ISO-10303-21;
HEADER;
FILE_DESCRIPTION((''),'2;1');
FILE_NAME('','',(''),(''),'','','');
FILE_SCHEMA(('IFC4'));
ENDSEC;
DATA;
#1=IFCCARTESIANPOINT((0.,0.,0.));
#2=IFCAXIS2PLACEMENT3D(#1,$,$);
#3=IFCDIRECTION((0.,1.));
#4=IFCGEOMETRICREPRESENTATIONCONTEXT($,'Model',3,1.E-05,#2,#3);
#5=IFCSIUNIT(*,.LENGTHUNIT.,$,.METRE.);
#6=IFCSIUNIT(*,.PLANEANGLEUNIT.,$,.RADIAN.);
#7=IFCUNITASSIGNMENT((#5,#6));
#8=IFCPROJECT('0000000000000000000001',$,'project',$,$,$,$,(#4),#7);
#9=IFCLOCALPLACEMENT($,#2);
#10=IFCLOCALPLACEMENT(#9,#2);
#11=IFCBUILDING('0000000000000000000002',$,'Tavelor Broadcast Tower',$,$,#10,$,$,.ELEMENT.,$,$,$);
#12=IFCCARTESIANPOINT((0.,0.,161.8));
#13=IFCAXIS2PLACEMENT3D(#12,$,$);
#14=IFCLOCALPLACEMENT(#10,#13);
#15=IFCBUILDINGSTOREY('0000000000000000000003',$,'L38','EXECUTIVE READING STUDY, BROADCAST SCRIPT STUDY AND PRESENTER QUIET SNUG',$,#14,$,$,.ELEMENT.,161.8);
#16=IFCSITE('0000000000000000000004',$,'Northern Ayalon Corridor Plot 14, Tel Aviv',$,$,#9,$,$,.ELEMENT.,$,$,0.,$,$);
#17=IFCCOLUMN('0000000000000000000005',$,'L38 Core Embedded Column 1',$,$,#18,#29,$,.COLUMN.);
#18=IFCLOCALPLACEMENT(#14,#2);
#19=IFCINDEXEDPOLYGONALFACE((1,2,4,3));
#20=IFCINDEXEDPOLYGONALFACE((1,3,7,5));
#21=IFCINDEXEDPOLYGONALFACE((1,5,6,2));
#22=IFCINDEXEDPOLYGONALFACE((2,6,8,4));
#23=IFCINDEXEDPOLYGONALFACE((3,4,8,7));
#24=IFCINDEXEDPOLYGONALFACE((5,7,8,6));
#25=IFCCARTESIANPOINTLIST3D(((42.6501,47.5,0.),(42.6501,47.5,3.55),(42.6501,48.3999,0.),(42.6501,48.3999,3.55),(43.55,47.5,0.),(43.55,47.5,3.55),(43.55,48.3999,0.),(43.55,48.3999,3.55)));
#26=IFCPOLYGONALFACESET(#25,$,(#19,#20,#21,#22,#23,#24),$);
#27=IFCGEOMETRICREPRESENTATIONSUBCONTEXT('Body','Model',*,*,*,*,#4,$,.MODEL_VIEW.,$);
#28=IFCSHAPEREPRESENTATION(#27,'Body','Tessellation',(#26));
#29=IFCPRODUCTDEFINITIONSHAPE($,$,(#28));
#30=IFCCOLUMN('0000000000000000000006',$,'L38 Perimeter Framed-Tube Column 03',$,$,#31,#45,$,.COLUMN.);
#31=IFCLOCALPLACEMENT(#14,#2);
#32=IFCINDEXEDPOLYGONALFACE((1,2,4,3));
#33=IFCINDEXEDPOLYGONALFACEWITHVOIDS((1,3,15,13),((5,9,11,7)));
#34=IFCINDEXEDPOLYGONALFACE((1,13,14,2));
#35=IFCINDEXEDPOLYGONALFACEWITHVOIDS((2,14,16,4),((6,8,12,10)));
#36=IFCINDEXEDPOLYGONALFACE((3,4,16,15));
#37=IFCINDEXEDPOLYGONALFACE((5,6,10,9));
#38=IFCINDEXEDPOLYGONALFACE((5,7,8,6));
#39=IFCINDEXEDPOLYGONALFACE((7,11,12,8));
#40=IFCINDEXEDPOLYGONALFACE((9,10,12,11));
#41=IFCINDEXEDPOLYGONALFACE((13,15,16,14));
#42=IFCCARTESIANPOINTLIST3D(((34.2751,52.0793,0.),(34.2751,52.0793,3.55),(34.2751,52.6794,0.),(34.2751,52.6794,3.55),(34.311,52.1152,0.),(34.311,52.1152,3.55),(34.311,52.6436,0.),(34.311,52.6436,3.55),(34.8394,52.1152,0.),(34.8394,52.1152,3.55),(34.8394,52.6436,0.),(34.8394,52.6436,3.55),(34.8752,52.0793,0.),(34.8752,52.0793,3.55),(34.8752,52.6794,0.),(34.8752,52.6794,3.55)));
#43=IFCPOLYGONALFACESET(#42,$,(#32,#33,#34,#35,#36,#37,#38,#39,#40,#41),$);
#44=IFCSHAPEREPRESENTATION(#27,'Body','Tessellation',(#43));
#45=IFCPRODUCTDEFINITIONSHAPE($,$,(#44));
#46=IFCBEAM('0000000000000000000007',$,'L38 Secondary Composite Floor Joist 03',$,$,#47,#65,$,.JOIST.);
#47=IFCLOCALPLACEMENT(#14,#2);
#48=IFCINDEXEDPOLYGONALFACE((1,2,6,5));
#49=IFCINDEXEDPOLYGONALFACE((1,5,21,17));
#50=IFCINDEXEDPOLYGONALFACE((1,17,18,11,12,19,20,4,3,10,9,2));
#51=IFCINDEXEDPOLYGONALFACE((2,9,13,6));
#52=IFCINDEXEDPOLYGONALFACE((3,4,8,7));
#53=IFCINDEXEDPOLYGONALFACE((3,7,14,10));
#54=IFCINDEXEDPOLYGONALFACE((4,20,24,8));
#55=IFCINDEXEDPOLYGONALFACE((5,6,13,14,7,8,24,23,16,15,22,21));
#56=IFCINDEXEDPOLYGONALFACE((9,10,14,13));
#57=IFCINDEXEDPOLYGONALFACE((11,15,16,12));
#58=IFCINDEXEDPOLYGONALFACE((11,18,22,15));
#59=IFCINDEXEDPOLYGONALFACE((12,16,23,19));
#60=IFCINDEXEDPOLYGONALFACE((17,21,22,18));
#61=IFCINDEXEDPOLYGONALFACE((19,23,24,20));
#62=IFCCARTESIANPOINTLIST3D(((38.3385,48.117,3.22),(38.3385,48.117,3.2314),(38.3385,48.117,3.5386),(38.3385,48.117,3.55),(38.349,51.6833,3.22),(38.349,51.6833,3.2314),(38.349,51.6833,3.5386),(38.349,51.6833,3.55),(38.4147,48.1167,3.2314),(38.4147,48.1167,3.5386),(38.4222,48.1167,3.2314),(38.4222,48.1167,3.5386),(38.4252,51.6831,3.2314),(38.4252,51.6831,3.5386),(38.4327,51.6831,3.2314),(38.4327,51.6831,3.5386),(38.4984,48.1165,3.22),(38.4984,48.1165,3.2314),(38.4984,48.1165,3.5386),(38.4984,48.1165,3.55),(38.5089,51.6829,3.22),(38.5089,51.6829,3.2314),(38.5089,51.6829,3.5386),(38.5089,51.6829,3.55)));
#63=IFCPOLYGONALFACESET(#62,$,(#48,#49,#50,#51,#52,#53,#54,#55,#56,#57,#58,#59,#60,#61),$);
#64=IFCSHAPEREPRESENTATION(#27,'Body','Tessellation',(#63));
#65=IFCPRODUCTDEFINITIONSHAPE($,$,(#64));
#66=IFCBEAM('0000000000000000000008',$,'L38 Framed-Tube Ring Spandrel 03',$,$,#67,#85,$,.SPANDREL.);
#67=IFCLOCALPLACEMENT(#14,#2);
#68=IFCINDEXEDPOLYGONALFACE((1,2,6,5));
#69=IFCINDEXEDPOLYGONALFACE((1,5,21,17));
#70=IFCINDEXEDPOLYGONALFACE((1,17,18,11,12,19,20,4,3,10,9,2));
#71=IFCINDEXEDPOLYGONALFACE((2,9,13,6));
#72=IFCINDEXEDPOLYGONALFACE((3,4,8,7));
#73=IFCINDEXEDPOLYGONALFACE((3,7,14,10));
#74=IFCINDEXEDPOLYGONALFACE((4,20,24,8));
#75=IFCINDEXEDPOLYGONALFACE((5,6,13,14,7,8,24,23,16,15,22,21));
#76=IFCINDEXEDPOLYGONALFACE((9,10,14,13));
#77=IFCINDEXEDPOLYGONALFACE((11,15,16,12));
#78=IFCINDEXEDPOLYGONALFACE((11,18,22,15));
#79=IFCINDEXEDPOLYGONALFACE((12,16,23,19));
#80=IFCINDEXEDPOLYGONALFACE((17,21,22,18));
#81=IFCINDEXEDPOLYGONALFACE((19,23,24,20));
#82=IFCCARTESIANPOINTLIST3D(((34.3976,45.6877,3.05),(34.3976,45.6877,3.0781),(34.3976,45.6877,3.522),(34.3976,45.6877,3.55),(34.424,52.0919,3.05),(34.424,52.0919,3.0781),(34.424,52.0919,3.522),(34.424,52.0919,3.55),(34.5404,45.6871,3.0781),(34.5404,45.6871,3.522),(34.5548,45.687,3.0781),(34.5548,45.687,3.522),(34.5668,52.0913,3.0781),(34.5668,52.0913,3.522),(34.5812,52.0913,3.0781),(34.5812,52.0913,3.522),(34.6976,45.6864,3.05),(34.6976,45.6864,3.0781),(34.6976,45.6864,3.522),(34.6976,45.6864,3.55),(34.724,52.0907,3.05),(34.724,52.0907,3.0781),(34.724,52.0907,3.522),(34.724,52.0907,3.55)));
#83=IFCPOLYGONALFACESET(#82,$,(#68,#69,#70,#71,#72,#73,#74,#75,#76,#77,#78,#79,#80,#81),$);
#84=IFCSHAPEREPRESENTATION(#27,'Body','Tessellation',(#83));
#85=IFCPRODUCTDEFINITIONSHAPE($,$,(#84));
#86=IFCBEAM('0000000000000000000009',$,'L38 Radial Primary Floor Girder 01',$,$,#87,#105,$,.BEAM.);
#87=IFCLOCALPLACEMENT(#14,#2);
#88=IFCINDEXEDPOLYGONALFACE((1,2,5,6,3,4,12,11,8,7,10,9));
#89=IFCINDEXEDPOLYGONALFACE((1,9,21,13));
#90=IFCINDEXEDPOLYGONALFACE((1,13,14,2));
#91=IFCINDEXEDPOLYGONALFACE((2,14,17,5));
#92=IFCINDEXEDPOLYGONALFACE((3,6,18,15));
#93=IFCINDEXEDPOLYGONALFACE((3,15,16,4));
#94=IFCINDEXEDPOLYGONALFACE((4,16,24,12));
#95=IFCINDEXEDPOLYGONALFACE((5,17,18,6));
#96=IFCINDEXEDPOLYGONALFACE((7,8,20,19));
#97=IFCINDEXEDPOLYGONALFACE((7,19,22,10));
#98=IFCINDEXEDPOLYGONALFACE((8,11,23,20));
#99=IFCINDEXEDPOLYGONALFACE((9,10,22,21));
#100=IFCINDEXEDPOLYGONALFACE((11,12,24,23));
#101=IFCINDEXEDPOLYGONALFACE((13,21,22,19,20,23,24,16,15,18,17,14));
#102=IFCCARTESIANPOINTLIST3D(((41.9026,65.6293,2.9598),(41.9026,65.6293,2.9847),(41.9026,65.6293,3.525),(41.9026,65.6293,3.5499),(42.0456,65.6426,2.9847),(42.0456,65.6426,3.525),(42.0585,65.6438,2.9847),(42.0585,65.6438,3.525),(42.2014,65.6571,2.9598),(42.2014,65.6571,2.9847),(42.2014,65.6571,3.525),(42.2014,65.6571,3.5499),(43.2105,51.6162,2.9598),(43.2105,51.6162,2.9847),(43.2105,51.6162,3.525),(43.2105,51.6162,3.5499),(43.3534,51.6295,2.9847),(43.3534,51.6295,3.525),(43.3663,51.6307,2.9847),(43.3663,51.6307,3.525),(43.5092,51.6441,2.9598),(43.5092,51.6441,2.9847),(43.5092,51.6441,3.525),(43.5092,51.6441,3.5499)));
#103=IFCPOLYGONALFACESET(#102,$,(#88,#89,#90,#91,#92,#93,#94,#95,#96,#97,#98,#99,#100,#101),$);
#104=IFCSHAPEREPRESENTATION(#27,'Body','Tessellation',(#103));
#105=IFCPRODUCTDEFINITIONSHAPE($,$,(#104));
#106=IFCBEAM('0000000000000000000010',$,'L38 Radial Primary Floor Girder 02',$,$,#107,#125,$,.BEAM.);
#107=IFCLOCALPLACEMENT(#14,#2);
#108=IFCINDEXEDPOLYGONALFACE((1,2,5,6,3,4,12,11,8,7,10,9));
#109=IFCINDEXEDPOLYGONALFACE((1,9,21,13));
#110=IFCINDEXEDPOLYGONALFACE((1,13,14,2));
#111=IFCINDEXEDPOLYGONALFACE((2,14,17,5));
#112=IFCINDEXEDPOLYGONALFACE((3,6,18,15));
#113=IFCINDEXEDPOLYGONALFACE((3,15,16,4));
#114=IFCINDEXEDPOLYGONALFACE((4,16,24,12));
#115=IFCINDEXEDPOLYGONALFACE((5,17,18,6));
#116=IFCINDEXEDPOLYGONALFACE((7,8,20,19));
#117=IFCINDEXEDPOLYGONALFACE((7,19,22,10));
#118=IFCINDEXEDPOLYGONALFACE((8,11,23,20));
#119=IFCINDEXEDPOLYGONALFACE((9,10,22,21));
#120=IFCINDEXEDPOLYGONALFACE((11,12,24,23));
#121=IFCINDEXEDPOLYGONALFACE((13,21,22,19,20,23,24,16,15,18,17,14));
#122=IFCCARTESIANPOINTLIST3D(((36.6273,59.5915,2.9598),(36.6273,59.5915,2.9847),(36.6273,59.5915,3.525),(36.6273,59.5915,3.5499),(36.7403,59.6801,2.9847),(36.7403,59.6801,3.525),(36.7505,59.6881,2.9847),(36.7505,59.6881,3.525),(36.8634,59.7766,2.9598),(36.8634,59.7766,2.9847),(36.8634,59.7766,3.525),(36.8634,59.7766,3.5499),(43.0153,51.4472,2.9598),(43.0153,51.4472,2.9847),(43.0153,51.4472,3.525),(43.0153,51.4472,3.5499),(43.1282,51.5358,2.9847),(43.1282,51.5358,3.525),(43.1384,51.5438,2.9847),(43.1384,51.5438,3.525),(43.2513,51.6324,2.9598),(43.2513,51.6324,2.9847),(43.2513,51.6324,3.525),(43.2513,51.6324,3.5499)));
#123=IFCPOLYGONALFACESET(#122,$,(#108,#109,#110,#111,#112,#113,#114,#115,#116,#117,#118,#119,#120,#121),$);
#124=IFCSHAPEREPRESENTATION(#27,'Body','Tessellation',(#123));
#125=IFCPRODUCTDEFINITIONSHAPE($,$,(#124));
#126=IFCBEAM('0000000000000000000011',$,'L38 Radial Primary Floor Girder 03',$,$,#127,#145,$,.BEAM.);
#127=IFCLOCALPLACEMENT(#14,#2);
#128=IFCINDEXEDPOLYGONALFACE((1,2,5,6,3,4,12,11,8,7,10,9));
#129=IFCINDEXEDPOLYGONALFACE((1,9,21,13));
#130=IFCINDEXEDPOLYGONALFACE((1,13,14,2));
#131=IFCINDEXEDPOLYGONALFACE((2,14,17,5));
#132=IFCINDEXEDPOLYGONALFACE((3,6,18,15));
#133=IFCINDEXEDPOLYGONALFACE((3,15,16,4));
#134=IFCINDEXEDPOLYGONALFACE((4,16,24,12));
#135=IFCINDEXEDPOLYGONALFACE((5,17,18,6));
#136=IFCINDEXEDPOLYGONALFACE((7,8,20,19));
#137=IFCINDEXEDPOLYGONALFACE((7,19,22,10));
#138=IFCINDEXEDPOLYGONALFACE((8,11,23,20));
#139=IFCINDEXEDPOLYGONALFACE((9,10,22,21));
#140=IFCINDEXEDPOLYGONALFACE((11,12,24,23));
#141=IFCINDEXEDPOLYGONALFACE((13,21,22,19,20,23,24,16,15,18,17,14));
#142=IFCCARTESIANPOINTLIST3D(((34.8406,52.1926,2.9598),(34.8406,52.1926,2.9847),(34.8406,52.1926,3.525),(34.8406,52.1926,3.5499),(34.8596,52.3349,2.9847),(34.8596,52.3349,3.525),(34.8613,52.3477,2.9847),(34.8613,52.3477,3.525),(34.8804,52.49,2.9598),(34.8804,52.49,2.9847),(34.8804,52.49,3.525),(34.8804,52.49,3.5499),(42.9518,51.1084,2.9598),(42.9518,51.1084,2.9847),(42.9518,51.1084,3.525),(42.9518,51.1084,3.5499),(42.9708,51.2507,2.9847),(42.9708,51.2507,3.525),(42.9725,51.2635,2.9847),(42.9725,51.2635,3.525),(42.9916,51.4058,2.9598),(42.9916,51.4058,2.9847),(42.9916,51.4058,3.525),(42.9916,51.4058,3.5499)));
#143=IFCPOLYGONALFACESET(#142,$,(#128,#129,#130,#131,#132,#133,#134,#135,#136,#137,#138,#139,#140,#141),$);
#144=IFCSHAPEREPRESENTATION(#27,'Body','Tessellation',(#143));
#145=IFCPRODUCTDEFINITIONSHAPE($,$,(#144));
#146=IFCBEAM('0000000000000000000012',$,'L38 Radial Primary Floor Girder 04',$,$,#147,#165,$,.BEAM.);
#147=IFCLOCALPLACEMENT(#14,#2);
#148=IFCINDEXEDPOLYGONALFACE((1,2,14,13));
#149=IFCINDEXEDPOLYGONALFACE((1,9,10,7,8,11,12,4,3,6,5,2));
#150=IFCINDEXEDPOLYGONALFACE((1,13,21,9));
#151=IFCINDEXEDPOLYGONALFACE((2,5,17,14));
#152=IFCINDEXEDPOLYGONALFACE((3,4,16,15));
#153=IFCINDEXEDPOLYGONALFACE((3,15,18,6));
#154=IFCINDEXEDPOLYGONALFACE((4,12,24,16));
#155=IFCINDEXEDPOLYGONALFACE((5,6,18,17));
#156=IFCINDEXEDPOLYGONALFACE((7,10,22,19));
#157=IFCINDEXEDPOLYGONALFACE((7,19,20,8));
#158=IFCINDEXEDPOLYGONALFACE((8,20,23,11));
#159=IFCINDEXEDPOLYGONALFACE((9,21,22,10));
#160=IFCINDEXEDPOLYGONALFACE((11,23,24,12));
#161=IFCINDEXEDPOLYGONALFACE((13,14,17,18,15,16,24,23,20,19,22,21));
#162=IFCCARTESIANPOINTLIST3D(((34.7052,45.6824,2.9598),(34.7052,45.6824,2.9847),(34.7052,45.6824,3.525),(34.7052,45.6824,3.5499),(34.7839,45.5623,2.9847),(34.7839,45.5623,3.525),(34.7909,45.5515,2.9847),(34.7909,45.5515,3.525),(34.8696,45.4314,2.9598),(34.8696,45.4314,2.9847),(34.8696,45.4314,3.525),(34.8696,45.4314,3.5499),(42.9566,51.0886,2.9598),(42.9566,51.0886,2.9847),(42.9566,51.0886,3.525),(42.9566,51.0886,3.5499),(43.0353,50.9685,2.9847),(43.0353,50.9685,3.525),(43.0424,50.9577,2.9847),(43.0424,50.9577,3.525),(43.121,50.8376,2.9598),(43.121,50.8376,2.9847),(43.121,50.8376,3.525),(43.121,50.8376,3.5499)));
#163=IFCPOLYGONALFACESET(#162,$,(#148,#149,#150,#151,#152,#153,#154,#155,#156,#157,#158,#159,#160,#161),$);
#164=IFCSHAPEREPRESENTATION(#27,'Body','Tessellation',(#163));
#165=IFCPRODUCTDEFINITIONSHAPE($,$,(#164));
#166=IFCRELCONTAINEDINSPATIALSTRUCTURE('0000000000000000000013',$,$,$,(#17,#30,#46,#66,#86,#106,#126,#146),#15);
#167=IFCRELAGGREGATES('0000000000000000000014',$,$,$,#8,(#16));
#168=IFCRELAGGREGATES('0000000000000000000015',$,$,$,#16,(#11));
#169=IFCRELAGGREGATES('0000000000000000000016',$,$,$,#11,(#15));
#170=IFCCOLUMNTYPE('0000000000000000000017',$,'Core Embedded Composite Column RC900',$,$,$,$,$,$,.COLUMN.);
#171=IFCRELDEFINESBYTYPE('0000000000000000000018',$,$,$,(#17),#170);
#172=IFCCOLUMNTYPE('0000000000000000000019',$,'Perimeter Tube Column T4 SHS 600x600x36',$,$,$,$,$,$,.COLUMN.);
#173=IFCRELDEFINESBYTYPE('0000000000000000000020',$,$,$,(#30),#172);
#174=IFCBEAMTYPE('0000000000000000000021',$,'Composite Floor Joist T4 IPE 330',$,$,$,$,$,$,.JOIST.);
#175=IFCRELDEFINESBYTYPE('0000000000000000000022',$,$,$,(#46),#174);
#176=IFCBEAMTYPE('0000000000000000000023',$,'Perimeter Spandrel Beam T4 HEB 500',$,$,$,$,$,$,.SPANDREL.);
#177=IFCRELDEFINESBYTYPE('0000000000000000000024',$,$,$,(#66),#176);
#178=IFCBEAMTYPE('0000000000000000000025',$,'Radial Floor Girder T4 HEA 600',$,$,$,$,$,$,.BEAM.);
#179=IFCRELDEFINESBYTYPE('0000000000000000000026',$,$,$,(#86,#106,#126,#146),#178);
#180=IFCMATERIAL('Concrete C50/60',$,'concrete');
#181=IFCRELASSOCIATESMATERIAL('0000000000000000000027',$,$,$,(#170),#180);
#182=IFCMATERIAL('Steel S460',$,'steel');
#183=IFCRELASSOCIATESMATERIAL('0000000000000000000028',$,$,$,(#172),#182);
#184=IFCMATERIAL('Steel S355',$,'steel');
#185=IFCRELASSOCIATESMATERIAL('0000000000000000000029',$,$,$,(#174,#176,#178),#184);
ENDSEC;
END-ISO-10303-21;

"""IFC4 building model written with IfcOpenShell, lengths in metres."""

from ifc_helpers import new_model, si_unit, direction, frame, origin, origin_2d, place, context, subcontext, project, spatial, rectangle, hollow_rectangle, i_section, extrude, material, material_profile, profile_set, type_object, element, save


model = new_model("IFC4")

# Units and contexts
model_context = context("Model", 3, precision=1e-05, world=origin(), true_north=direction((0.0, 1.0)))
body_context = subcontext(model_context, "Body", "Model", "MODEL_VIEW")
ifc_project = project(units=[si_unit("LENGTHUNIT", "METRE"), si_unit("PLANEANGLEUNIT", "RADIAN")], contexts=[model_context])

# Site, building, storey
site_placement = place(None, origin())
site = spatial("IfcSite", under=ifc_project, at=site_placement, Name="Northern Ayalon Corridor Plot 14, Tel Aviv", CompositionType="ELEMENT", RefElevation=0.0)
building_placement = place(site_placement, origin())
building = spatial("IfcBuilding", under=site, at=building_placement, Name="Tavelor Broadcast Tower", CompositionType="ELEMENT")
storey_placement = place(building_placement, frame((0.0, 0.0, 161.8)))
storey = spatial("IfcBuildingStorey", under=building, at=storey_placement, Name="L38", Description="EXECUTIVE READING STUDY, BROADCAST SCRIPT STUDY AND PRESENTER QUIET SNUG", CompositionType="ELEMENT", Elevation=161.8)

# Columns
ifc_material_1 = material(Name="Concrete C50/60", Category="concrete")
ifc_material_profile_1 = material_profile(ifc_material_1, rectangle(XDim=0.8999, YDim=0.8999, at=origin_2d()), Name="RC 900x900")
ifc_profile_set_1 = profile_set([ifc_material_profile_1], Name="Concrete C50/60")
column_type_1 = type_object("IfcColumnType", Name="Core Embedded Composite Column RC900", PredefinedType="COLUMN", material=ifc_profile_set_1)
column_1_placement = place(storey_placement, frame((43.1001, 47.95, 0.0), z_axis=(0.0, 0.0, 1.0), x_axis=(1.0, 0.0, 0.0)))
element("IfcColumn", 1, at=column_1_placement, inside=storey, type_object=column_type_1, Name="L38 Core Embedded Column 1", PredefinedType="COLUMN", context=body_context, shape_type="SweptSolid", body=[
    extrude(rectangle(XDim=0.8999, YDim=0.8999, at=origin_2d()), origin(), (0.0, 0.0, 1.0), 3.55),
])
ifc_material_2 = material(Name="Steel S460", Category="steel")
ifc_material_profile_2 = material_profile(ifc_material_2, hollow_rectangle(XDim=0.6001, YDim=0.6001, WallThickness=0.0359, at=origin_2d()), Name="SHS 600x600x36")
ifc_profile_set_2 = profile_set([ifc_material_profile_2], Name="Steel S460")
column_type_2 = type_object("IfcColumnType", Name="Perimeter Tube Column T4 SHS 600x600x36", PredefinedType="COLUMN", material=ifc_profile_set_2)
column_2_placement = place(storey_placement, frame((34.5752, 52.3794, 0.0), z_axis=(0.0, 0.0, 1.0), x_axis=(1.0, 0.0, 0.0)))
element("IfcColumn", 2, at=column_2_placement, inside=storey, type_object=column_type_2, Name="L38 Perimeter Framed-Tube Column 03", PredefinedType="COLUMN", context=body_context, shape_type="SweptSolid", body=[
    extrude(hollow_rectangle(XDim=0.6001, YDim=0.6001, WallThickness=0.0359, at=origin_2d()), origin(), (0.0, 0.0, 1.0), 3.55),
])

# Beams
ifc_material_3 = material(Name="Steel S355", Category="steel")
ifc_material_profile_3 = material_profile(ifc_material_3, i_section(OverallWidth=0.1599, OverallDepth=0.3301, WebThickness=0.0076, FlangeThickness=0.0115, at=origin_2d()), Name="IPE 330")
ifc_profile_set_3 = profile_set([ifc_material_profile_3], Name="Steel S355")
beam_type_1 = type_object("IfcBeamType", Name="Composite Floor Joist T4 IPE 330", PredefinedType="JOIST", material=ifc_profile_set_3)
beam_1_placement = place(storey_placement, frame((38.429, 51.6831, 3.385), z_axis=(-0.002944, -0.999996, 0.0), x_axis=(0.999996, -0.002944, 0.0)))
element("IfcBeam", 3, at=beam_1_placement, inside=storey, type_object=beam_type_1, Name="L38 Secondary Composite Floor Joist 03", PredefinedType="JOIST", context=body_context, shape_type="SweptSolid", body=[
    extrude(i_section(OverallWidth=0.1599, OverallDepth=0.3301, WebThickness=0.0076, FlangeThickness=0.0115, at=origin_2d()), origin(), (0.0, 0.0, 1.0), 3.5664),
])
ifc_material_profile_4 = material_profile(ifc_material_3, i_section(OverallWidth=0.3, OverallDepth=0.5, WebThickness=0.0144, FlangeThickness=0.0281, at=origin_2d()), Name="HEB 500")
ifc_profile_set_4 = profile_set([ifc_material_profile_4], Name="Steel S355")
beam_type_2 = type_object("IfcBeamType", Name="Perimeter Spandrel Beam T4 HEB 500", PredefinedType="SPANDREL", material=ifc_profile_set_4)
beam_2_placement = place(storey_placement, frame((34.574, 52.0913, 3.3), z_axis=(-0.004117, -0.999992, 0.0), x_axis=(0.999992, -0.004117, 0.0)))
element("IfcBeam", 4, at=beam_2_placement, inside=storey, type_object=beam_type_2, Name="L38 Framed-Tube Ring Spandrel 03", PredefinedType="SPANDREL", context=body_context, shape_type="SweptSolid", body=[
    extrude(i_section(OverallWidth=0.3, OverallDepth=0.5, WebThickness=0.0144, FlangeThickness=0.0281, at=origin_2d()), origin(), (0.0, 0.0, 1.0), 6.4043),
])
ifc_material_profile_5 = material_profile(ifc_material_3, i_section(OverallWidth=0.3, OverallDepth=0.5901, WebThickness=0.0129, FlangeThickness=0.0249, at=origin_2d()), Name="HEA 600")
ifc_profile_set_5 = profile_set([ifc_material_profile_5], Name="Steel S355")
beam_type_3 = type_object("IfcBeamType", Name="Radial Floor Girder T4 HEA 600", PredefinedType="BEAM", material=ifc_profile_set_5)
beam_3_placement = place(storey_placement, frame((43.3599, 51.6301, 3.2549), z_axis=(-0.092927, 0.995673, 0.0), x_axis=(-0.995673, -0.092927, 0.0)))
element("IfcBeam", 5, at=beam_3_placement, inside=storey, type_object=beam_type_3, Name="L38 Radial Primary Floor Girder 01", PredefinedType="BEAM", context=body_context, shape_type="SweptSolid", body=[
    extrude(i_section(OverallWidth=0.3, OverallDepth=0.5901, WebThickness=0.0129, FlangeThickness=0.0249, at=origin_2d()), origin(), (0.0, 0.0, 1.0), 14.074),
])
beam_4_placement = place(storey_placement, frame((43.1333, 51.5398, 3.2549), z_axis=(-0.617156, 0.786841, 0.0), x_axis=(-0.786841, -0.617156, 0.0)))
element("IfcBeam", 6, at=beam_4_placement, inside=storey, type_object=beam_type_3, Name="L38 Radial Primary Floor Girder 02", PredefinedType="BEAM", context=body_context, shape_type="SweptSolid", body=[
    extrude(i_section(OverallWidth=0.3, OverallDepth=0.5901, WebThickness=0.0129, FlangeThickness=0.0249, at=origin_2d()), origin(), (0.0, 0.0, 1.0), 10.3506),
])
beam_5_placement = place(storey_placement, frame((42.9717, 51.2571, 3.2549), z_axis=(-0.991184, 0.132494, 0.0), x_axis=(-0.132494, -0.991184, 0.0)))
element("IfcBeam", 7, at=beam_5_placement, inside=storey, type_object=beam_type_3, Name="L38 Radial Primary Floor Girder 03", PredefinedType="BEAM", context=body_context, shape_type="SweptSolid", body=[
    extrude(i_section(OverallWidth=0.3, OverallDepth=0.5901, WebThickness=0.0129, FlangeThickness=0.0249, at=origin_2d()), origin(), (0.0, 0.0, 1.0), 8.1833),
])
beam_6_placement = place(storey_placement, frame((43.0388, 50.9631, 3.2549), z_axis=(-0.836456, -0.548035, 0.0), x_axis=(0.548035, -0.836456, 0.0)))
element("IfcBeam", 8, at=beam_6_placement, inside=storey, type_object=beam_type_3, Name="L38 Radial Primary Floor Girder 04", PredefinedType="BEAM", context=body_context, shape_type="SweptSolid", body=[
    extrude(i_section(OverallWidth=0.3, OverallDepth=0.5901, WebThickness=0.0129, FlangeThickness=0.0249, at=origin_2d()), origin(), (0.0, 0.0, 1.0), 9.8647),
])

save(model, "model.ifc")
